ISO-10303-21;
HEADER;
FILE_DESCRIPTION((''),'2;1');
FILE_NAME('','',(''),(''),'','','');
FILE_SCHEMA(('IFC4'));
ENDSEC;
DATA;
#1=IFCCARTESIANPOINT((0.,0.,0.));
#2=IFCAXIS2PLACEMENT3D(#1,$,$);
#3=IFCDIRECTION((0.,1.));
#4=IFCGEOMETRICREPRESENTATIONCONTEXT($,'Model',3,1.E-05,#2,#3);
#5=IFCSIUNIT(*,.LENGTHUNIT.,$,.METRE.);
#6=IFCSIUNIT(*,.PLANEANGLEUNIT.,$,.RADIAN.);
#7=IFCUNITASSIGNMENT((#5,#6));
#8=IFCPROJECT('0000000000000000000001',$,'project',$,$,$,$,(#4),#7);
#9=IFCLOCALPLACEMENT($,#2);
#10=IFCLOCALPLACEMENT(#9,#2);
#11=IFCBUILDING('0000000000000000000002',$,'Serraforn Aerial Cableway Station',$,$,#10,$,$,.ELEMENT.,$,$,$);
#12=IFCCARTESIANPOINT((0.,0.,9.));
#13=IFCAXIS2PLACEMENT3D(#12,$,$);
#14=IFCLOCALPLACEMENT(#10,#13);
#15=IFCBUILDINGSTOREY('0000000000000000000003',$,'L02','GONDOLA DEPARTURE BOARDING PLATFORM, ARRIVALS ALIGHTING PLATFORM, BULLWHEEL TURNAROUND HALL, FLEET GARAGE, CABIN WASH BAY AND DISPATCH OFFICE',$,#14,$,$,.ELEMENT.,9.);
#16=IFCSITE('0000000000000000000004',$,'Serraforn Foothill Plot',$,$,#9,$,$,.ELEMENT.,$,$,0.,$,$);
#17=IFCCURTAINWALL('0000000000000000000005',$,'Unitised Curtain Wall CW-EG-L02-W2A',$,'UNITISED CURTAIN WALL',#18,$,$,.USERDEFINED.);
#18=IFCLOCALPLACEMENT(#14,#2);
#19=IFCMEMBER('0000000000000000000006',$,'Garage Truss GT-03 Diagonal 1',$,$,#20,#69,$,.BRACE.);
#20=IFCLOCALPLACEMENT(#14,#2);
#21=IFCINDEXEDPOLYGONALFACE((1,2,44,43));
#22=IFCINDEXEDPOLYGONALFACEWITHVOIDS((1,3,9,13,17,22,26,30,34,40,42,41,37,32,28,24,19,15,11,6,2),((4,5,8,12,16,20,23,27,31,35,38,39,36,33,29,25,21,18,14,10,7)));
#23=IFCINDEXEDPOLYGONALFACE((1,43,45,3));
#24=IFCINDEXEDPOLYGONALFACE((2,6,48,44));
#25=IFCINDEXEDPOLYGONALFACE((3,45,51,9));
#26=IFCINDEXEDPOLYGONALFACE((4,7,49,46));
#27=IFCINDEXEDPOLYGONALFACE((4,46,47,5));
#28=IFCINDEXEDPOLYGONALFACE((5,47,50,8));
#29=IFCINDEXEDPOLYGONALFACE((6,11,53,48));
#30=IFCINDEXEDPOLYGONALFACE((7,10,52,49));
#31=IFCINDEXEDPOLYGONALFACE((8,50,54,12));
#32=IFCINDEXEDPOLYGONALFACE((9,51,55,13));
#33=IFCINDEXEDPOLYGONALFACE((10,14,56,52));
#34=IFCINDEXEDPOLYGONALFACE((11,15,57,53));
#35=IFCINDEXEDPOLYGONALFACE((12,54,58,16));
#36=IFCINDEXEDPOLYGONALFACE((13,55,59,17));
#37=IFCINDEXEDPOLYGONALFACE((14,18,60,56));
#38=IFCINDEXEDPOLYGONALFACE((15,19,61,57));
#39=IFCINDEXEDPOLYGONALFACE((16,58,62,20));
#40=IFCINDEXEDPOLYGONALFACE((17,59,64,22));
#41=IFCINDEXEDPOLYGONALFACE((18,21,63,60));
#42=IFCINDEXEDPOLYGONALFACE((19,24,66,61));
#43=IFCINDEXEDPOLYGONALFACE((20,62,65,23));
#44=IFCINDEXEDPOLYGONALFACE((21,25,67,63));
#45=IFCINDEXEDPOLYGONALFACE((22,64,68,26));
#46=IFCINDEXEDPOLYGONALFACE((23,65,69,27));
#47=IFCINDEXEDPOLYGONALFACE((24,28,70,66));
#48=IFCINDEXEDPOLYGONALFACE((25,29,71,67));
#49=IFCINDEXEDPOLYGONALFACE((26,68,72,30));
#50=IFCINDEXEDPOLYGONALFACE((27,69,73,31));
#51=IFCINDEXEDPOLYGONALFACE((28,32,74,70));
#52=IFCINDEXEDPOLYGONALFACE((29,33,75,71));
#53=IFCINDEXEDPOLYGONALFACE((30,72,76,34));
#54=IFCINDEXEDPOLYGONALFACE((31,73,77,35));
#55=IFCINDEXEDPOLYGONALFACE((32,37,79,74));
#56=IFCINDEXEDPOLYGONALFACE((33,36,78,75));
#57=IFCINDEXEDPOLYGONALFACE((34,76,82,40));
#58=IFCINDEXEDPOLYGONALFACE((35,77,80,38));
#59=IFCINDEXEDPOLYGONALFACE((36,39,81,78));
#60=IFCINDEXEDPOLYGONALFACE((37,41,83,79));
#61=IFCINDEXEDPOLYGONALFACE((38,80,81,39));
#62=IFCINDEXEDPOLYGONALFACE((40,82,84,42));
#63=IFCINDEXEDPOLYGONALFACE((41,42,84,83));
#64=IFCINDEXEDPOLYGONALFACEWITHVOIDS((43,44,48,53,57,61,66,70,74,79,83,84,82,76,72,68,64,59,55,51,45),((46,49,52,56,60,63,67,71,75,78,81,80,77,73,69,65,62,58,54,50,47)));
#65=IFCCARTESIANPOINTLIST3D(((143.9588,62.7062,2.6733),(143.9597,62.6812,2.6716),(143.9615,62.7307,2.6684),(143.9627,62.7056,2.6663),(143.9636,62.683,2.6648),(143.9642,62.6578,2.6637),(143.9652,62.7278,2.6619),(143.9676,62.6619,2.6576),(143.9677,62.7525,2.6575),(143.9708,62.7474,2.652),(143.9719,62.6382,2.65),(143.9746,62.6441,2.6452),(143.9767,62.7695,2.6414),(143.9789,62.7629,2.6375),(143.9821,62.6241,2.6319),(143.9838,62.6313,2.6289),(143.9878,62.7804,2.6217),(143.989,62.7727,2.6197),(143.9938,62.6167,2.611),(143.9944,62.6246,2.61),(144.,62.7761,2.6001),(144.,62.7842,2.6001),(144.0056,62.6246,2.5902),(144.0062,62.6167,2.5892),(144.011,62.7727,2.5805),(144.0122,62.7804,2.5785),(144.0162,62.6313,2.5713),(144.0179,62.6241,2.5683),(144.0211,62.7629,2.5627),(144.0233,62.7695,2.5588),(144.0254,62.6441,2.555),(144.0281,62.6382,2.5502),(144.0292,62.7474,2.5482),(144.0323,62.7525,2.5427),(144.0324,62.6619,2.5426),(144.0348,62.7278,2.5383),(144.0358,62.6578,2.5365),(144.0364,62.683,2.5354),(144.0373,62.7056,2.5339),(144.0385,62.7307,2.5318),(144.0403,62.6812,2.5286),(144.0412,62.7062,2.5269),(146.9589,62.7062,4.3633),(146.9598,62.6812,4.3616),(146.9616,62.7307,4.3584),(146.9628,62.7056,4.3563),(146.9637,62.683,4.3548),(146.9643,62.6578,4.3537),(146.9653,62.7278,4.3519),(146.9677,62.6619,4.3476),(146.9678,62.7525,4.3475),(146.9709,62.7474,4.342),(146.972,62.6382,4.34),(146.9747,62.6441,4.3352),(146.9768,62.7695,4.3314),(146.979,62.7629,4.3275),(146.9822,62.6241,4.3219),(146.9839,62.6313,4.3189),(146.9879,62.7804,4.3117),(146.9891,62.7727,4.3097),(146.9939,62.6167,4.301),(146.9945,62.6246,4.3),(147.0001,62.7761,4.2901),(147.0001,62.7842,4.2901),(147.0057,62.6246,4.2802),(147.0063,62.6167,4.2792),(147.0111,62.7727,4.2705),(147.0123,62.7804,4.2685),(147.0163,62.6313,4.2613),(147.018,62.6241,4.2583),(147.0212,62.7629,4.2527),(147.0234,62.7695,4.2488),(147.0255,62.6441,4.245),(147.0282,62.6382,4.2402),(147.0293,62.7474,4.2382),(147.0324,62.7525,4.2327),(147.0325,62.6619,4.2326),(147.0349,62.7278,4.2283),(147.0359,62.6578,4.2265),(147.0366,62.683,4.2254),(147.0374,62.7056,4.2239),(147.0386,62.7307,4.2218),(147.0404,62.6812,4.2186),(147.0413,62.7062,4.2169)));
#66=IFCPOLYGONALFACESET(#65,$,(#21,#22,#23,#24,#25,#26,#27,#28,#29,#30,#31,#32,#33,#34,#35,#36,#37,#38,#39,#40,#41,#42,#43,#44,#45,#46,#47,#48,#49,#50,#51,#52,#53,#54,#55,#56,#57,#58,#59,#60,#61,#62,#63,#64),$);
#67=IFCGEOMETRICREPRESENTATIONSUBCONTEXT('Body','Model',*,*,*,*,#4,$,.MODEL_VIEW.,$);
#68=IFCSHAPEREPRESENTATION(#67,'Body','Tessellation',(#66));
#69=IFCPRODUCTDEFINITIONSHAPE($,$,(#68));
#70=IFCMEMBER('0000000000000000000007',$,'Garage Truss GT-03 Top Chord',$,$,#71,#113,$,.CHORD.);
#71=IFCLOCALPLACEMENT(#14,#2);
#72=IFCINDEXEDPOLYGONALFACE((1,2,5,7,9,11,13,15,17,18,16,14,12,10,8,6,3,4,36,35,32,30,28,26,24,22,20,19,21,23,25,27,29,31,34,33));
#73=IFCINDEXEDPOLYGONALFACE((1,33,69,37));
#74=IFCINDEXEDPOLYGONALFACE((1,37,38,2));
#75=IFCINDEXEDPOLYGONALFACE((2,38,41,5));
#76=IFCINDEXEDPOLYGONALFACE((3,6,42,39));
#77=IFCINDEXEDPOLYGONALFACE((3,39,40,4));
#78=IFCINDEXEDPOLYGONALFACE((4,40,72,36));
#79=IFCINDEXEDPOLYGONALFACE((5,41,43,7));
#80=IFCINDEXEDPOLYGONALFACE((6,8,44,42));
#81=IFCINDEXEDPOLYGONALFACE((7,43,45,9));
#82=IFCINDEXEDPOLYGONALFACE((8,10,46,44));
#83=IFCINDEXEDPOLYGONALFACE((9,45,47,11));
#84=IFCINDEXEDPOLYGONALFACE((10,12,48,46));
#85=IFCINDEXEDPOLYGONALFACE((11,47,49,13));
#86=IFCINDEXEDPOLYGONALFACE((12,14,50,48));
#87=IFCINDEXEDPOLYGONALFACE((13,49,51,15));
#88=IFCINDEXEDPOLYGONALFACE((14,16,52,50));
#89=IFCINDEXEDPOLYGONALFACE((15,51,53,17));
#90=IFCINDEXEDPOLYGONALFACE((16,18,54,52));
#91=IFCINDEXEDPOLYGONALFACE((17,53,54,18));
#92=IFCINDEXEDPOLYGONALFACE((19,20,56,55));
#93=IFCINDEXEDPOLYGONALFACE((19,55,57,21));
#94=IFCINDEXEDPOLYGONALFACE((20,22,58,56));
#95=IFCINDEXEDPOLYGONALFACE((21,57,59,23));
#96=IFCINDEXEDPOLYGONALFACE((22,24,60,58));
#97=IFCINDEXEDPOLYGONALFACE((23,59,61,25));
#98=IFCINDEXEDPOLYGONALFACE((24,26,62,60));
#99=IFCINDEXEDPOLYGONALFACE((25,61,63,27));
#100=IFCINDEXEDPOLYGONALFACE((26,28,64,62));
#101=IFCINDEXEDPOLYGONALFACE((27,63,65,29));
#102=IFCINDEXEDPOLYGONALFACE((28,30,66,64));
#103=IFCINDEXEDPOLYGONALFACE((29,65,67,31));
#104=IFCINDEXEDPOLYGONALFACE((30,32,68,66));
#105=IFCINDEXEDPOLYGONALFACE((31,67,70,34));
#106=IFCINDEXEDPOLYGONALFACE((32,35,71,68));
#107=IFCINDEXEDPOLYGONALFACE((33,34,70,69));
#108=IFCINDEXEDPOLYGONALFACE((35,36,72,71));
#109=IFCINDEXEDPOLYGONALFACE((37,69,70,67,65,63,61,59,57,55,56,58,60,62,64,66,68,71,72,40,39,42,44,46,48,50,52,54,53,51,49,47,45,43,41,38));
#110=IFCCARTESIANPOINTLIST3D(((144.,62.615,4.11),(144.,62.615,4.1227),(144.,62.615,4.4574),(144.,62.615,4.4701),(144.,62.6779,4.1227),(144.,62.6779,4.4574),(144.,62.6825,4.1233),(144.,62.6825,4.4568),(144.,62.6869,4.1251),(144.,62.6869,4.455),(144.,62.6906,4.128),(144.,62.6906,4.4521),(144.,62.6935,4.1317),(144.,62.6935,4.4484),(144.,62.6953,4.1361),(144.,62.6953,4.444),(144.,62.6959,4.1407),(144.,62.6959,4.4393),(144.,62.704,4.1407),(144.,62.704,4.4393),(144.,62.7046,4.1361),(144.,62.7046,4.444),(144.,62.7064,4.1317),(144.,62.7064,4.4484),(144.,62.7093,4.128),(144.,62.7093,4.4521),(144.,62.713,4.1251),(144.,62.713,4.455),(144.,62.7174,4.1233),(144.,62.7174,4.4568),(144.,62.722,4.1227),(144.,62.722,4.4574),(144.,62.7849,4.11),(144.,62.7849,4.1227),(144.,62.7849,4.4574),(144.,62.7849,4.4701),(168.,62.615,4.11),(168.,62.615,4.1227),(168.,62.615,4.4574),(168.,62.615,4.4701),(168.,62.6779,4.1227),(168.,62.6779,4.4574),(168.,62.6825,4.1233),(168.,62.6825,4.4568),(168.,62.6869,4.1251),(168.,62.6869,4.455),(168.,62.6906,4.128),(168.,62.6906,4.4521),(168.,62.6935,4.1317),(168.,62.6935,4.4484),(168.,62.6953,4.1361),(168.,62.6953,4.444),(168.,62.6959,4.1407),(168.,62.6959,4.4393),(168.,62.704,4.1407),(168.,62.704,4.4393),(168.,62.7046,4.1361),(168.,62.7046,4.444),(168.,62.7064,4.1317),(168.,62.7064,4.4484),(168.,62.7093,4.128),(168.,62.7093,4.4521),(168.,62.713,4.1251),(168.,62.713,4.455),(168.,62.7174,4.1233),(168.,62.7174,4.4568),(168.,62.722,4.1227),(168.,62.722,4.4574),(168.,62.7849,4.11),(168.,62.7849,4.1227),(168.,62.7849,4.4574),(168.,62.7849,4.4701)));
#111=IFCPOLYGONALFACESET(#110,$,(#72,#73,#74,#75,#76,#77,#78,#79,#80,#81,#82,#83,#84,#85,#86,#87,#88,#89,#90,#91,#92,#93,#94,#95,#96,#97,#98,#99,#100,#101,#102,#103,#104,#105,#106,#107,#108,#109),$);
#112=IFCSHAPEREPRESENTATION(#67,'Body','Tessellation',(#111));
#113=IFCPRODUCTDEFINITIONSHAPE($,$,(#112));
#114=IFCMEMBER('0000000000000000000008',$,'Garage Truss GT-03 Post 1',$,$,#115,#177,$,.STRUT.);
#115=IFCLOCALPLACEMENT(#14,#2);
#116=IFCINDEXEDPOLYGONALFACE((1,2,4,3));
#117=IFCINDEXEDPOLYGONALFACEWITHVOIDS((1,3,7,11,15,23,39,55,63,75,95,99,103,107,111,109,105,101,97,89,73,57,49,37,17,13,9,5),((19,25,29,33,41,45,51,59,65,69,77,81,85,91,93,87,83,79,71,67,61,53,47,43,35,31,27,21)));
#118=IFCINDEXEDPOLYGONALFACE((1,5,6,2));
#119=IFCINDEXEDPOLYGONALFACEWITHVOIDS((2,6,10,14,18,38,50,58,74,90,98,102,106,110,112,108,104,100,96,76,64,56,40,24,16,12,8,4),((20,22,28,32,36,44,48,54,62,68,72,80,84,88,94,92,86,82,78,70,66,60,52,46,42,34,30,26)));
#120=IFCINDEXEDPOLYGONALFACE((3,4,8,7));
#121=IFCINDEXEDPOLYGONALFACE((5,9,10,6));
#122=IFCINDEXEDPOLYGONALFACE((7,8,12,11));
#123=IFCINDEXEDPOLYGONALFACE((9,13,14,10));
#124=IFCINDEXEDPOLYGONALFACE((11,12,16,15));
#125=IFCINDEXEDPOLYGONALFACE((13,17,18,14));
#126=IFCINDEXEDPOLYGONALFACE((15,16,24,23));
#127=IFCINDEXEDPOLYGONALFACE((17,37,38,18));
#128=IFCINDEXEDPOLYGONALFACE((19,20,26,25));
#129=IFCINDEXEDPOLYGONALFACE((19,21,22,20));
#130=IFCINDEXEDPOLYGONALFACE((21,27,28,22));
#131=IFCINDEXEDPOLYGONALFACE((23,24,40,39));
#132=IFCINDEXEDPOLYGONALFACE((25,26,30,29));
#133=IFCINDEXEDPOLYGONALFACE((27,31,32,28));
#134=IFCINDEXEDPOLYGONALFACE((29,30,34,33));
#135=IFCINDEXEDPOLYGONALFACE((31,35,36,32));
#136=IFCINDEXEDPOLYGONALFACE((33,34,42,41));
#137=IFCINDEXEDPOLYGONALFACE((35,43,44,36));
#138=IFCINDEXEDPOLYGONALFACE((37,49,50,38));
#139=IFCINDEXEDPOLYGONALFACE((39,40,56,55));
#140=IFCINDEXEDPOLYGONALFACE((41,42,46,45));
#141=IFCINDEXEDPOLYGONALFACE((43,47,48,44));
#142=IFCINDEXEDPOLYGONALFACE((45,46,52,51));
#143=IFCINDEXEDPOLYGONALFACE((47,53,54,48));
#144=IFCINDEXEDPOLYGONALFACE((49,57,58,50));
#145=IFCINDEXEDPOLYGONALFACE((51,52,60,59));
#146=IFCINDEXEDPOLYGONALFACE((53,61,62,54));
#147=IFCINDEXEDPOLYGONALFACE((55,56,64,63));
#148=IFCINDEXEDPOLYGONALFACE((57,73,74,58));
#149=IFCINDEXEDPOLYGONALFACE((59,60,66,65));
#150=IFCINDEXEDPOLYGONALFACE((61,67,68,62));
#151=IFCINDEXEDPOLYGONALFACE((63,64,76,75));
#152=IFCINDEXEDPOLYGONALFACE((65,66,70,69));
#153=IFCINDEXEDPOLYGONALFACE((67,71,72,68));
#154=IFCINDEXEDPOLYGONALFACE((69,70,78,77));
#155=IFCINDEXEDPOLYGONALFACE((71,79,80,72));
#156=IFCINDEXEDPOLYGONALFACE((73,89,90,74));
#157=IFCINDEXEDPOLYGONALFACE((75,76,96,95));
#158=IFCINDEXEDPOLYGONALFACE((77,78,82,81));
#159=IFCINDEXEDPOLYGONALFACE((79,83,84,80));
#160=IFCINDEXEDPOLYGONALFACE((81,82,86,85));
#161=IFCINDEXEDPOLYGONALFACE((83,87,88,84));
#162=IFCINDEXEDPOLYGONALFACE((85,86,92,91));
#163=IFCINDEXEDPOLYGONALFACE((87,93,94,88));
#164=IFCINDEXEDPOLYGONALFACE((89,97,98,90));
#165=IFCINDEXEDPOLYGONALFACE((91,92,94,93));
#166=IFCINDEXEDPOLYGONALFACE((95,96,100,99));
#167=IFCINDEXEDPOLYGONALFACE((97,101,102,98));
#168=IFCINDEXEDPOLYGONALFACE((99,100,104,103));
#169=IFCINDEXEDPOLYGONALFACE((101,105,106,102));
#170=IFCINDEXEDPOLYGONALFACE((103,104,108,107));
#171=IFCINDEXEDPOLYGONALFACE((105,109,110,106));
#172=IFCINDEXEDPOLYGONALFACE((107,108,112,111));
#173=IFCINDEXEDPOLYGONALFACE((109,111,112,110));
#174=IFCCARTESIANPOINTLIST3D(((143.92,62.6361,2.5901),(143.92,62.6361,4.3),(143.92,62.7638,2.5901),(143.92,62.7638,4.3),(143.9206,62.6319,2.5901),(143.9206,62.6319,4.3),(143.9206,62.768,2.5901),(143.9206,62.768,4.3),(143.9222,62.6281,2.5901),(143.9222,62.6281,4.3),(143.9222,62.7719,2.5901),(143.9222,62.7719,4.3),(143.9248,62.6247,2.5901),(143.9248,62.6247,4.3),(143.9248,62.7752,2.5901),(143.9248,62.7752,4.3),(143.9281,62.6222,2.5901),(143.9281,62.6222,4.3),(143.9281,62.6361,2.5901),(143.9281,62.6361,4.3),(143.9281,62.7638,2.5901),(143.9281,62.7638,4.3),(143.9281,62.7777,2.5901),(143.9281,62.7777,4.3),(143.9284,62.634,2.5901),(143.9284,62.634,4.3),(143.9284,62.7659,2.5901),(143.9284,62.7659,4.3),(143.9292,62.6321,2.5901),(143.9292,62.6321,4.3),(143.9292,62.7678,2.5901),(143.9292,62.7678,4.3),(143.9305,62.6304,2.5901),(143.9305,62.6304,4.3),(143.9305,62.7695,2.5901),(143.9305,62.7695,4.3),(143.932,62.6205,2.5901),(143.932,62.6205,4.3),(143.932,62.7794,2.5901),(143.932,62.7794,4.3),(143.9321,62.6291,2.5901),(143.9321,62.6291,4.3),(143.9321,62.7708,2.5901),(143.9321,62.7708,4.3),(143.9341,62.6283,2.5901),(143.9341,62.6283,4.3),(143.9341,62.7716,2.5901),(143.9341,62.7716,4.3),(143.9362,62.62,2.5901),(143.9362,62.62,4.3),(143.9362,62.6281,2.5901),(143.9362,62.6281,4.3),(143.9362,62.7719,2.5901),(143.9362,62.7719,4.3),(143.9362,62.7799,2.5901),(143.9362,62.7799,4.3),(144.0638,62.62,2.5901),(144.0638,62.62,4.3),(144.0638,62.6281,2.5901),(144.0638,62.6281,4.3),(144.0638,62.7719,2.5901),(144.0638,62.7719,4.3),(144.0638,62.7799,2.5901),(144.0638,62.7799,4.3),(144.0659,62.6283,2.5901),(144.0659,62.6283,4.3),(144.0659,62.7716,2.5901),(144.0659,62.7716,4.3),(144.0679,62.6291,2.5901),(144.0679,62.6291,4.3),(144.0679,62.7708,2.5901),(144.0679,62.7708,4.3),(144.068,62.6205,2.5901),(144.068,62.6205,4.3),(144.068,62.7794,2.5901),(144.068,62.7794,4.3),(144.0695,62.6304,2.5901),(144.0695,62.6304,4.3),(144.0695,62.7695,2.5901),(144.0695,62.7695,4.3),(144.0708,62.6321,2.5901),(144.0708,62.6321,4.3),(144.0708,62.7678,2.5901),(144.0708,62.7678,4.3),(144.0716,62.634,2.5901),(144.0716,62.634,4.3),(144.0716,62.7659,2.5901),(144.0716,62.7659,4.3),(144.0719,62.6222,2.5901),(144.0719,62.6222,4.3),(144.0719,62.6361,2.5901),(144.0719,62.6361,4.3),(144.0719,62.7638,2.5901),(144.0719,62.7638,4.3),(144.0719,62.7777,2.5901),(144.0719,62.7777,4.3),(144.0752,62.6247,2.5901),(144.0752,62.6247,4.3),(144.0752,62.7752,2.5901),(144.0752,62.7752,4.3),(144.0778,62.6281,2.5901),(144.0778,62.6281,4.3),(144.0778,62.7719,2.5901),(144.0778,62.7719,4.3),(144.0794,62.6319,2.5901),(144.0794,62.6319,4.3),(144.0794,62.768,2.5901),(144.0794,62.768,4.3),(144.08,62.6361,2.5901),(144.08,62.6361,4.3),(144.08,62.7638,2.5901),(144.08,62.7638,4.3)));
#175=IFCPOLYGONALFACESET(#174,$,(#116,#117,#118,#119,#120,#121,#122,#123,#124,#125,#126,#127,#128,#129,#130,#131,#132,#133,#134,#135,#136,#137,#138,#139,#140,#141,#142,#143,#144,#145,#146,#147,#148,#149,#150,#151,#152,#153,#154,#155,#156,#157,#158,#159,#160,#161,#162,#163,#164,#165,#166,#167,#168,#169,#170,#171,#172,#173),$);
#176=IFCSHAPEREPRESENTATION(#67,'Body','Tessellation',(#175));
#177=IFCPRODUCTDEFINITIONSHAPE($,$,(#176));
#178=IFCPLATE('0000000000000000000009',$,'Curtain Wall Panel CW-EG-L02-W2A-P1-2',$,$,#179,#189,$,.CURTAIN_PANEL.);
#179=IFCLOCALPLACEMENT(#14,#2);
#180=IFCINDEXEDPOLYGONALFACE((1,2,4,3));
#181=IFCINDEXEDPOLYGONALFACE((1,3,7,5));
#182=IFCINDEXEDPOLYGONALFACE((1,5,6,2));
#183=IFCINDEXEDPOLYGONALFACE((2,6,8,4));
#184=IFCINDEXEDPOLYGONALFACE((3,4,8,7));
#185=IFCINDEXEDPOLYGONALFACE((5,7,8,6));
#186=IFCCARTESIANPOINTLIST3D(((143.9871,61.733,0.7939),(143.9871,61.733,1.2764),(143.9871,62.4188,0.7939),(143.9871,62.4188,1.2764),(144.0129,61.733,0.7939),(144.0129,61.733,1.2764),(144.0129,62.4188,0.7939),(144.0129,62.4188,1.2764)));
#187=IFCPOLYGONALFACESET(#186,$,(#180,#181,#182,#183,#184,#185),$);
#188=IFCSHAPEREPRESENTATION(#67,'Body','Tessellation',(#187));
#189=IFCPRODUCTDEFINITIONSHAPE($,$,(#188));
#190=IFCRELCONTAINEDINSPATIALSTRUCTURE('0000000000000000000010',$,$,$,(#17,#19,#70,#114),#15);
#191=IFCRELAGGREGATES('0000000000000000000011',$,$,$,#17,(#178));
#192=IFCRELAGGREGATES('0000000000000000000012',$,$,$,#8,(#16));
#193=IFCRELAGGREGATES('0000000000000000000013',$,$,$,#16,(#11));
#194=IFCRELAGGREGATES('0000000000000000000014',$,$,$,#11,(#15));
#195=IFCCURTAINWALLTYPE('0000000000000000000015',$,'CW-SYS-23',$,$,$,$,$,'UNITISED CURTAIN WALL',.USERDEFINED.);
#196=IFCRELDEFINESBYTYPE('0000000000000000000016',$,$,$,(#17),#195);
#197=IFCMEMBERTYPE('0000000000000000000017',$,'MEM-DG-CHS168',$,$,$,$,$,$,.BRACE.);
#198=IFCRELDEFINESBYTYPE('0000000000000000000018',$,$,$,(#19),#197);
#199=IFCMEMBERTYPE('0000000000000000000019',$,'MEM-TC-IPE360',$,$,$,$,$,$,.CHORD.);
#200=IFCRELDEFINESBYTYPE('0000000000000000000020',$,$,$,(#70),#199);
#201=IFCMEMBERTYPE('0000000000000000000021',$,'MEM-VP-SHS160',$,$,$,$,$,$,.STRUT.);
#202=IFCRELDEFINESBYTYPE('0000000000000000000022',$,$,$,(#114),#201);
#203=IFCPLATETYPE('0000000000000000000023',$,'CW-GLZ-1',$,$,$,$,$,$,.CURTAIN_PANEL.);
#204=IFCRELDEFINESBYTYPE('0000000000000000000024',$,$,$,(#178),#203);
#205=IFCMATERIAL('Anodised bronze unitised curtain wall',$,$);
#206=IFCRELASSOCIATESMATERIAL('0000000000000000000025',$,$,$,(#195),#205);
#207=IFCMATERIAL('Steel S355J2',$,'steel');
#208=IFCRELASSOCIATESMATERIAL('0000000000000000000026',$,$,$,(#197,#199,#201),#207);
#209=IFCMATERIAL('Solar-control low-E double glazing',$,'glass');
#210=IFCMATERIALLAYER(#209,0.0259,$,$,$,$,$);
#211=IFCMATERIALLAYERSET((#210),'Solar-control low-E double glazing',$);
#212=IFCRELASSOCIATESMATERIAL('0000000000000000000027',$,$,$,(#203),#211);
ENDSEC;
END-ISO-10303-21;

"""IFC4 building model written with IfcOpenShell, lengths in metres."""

from ifc_helpers import new_model, si_unit, direction, frame, origin, origin_2d, place, context, subcontext, project, spatial, rectangle, hollow_rectangle, hollow_circle, i_section, extrude, material, layer, layer_set, material_profile, profile_set, type_object, element, aggregate, save


model = new_model("IFC4")

# Units and contexts
model_context = context("Model", 3, precision=1e-05, world=origin(), true_north=direction((0.0, 1.0)))
body_context = subcontext(model_context, "Body", "Model", "MODEL_VIEW")
ifc_project = project(units=[si_unit("LENGTHUNIT", "METRE"), si_unit("PLANEANGLEUNIT", "RADIAN")], contexts=[model_context])

# Site, building, storey
site_placement = place(None, origin())
site = spatial("IfcSite", under=ifc_project, at=site_placement, Name="Serraforn Foothill Plot", CompositionType="ELEMENT", RefElevation=0.0)
building_placement = place(site_placement, origin())
building = spatial("IfcBuilding", under=site, at=building_placement, Name="Serraforn Aerial Cableway Station", CompositionType="ELEMENT")
storey_placement = place(building_placement, frame((0.0, 0.0, 9.0)))
storey = spatial("IfcBuildingStorey", under=building, at=storey_placement, Name="L02", Description="GONDOLA DEPARTURE BOARDING PLATFORM, ARRIVALS ALIGHTING PLATFORM, BULLWHEEL TURNAROUND HALL, FLEET GARAGE, CABIN WASH BAY AND DISPATCH OFFICE", CompositionType="ELEMENT", Elevation=9.0)

# Shared definitions
ifc_material_1 = material(Name="Steel S355J2", Category="steel")

# Curtain wall
ifc_material_2 = material(Name="Anodised bronze unitised curtain wall")
curtain_wall_type_1 = type_object("IfcCurtainWallType", Name="CW-SYS-23", ElementType="UNITISED CURTAIN WALL", PredefinedType="USERDEFINED", material=ifc_material_2)
curtain_wall_1_placement = place(storey_placement, origin())
curtain_wall_1 = element("IfcCurtainWall", 1, at=curtain_wall_1_placement, inside=storey, type_object=curtain_wall_type_1, Name="Unitised Curtain Wall CW-EG-L02-W2A", ObjectType="UNITISED CURTAIN WALL", PredefinedType="USERDEFINED")

# Members
ifc_material_profile_1 = material_profile(ifc_material_1, hollow_circle(Radius=0.0842, WallThickness=0.0081, at=origin_2d()), Name="CHS 168.3x8.0")
ifc_profile_set_1 = profile_set([ifc_material_profile_1], Name="Steel S355J2")
member_type_1 = type_object("IfcMemberType", Name="MEM-DG-CHS168", PredefinedType="BRACE", material=ifc_profile_set_1)
member_1_placement = place(storey_placement, frame((144.0, 62.7, 2.6001), z_axis=(0.871272, 0.0, 0.4908), x_axis=(0.0, 1.0, 0.0)))
element("IfcMember", 2, at=member_1_placement, inside=storey, type_object=member_type_1, Name="Garage Truss GT-03 Diagonal 1", PredefinedType="BRACE", context=body_context, shape_type="SweptSolid", body=[
    extrude(hollow_circle(Radius=0.0842, WallThickness=0.0081, at=origin_2d()), origin(), (0.0, 0.0, 1.0), 3.4434),
])
ifc_material_profile_2 = material_profile(ifc_material_1, i_section(OverallWidth=0.1699, OverallDepth=0.3601, WebThickness=0.0081, FlangeThickness=0.0127, FilletRadius=0.0181, at=origin_2d()), Name="IPE 360")
ifc_profile_set_2 = profile_set([ifc_material_profile_2], Name="Steel S355J2")
member_type_2 = type_object("IfcMemberType", Name="MEM-TC-IPE360", PredefinedType="CHORD", material=ifc_profile_set_2)
member_2_placement = place(storey_placement, frame((144.0, 62.7, 4.29), z_axis=(1.0, 0.0, 0.0), x_axis=(0.0, 1.0, 0.0)))
element("IfcMember", 3, at=member_2_placement, inside=storey, type_object=member_type_2, Name="Garage Truss GT-03 Top Chord", PredefinedType="CHORD", context=body_context, shape_type="SweptSolid", body=[
    extrude(i_section(OverallWidth=0.1699, OverallDepth=0.3601, WebThickness=0.0081, FlangeThickness=0.0127, FilletRadius=0.0181, at=origin_2d()), origin(), (0.0, 0.0, 1.0), 24.0),
])
ifc_material_profile_3 = material_profile(ifc_material_1, hollow_rectangle(XDim=0.1599, YDim=0.1599, WallThickness=0.0081, InnerFilletRadius=0.0081, OuterFilletRadius=0.0161, at=origin_2d()), Name="SHS 160x160x8.0")
ifc_profile_set_3 = profile_set([ifc_material_profile_3], Name="Steel S355J2")
member_type_3 = type_object("IfcMemberType", Name="MEM-VP-SHS160", PredefinedType="STRUT", material=ifc_profile_set_3)
member_3_placement = place(storey_placement, frame((144.0, 62.7, 2.5901), z_axis=(0.0, 0.0, 1.0), x_axis=(1.0, 0.0, 0.0)))
element("IfcMember", 4, at=member_3_placement, inside=storey, type_object=member_type_3, Name="Garage Truss GT-03 Post 1", PredefinedType="STRUT", context=body_context, shape_type="SweptSolid", body=[
    extrude(hollow_rectangle(XDim=0.1599, YDim=0.1599, WallThickness=0.0081, InnerFilletRadius=0.0081, OuterFilletRadius=0.0161, at=origin_2d()), origin(), (0.0, 0.0, 1.0), 1.71),
])

# Plate
ifc_material_3 = material(Name="Solar-control low-E double glazing", Category="glass")
ifc_layer_1 = layer(ifc_material_3, 0.0259)
ifc_layer_set_1 = layer_set([ifc_layer_1], Name="Solar-control low-E double glazing")
plate_type_1 = type_object("IfcPlateType", Name="CW-GLZ-1", PredefinedType="CURTAIN_PANEL", material=ifc_layer_set_1)
plate_1_placement = place(storey_placement, frame((144.0, 62.0759, 0.7939), z_axis=(0.0, 0.0, 1.0), x_axis=(1.0, 0.0, 0.0)))
plate_1 = element("IfcPlate", 5, at=plate_1_placement, type_object=plate_type_1, Name="Curtain Wall Panel CW-EG-L02-W2A-P1-2", PredefinedType="CURTAIN_PANEL", context=body_context, shape_type="SweptSolid", body=[
    extrude(rectangle(XDim=0.0259, YDim=0.6858, at=origin_2d()), origin(), (0.0, 0.0, 1.0), 0.4824),
])
aggregate(curtain_wall_1, [plate_1])

save(model, "model.ifc")
